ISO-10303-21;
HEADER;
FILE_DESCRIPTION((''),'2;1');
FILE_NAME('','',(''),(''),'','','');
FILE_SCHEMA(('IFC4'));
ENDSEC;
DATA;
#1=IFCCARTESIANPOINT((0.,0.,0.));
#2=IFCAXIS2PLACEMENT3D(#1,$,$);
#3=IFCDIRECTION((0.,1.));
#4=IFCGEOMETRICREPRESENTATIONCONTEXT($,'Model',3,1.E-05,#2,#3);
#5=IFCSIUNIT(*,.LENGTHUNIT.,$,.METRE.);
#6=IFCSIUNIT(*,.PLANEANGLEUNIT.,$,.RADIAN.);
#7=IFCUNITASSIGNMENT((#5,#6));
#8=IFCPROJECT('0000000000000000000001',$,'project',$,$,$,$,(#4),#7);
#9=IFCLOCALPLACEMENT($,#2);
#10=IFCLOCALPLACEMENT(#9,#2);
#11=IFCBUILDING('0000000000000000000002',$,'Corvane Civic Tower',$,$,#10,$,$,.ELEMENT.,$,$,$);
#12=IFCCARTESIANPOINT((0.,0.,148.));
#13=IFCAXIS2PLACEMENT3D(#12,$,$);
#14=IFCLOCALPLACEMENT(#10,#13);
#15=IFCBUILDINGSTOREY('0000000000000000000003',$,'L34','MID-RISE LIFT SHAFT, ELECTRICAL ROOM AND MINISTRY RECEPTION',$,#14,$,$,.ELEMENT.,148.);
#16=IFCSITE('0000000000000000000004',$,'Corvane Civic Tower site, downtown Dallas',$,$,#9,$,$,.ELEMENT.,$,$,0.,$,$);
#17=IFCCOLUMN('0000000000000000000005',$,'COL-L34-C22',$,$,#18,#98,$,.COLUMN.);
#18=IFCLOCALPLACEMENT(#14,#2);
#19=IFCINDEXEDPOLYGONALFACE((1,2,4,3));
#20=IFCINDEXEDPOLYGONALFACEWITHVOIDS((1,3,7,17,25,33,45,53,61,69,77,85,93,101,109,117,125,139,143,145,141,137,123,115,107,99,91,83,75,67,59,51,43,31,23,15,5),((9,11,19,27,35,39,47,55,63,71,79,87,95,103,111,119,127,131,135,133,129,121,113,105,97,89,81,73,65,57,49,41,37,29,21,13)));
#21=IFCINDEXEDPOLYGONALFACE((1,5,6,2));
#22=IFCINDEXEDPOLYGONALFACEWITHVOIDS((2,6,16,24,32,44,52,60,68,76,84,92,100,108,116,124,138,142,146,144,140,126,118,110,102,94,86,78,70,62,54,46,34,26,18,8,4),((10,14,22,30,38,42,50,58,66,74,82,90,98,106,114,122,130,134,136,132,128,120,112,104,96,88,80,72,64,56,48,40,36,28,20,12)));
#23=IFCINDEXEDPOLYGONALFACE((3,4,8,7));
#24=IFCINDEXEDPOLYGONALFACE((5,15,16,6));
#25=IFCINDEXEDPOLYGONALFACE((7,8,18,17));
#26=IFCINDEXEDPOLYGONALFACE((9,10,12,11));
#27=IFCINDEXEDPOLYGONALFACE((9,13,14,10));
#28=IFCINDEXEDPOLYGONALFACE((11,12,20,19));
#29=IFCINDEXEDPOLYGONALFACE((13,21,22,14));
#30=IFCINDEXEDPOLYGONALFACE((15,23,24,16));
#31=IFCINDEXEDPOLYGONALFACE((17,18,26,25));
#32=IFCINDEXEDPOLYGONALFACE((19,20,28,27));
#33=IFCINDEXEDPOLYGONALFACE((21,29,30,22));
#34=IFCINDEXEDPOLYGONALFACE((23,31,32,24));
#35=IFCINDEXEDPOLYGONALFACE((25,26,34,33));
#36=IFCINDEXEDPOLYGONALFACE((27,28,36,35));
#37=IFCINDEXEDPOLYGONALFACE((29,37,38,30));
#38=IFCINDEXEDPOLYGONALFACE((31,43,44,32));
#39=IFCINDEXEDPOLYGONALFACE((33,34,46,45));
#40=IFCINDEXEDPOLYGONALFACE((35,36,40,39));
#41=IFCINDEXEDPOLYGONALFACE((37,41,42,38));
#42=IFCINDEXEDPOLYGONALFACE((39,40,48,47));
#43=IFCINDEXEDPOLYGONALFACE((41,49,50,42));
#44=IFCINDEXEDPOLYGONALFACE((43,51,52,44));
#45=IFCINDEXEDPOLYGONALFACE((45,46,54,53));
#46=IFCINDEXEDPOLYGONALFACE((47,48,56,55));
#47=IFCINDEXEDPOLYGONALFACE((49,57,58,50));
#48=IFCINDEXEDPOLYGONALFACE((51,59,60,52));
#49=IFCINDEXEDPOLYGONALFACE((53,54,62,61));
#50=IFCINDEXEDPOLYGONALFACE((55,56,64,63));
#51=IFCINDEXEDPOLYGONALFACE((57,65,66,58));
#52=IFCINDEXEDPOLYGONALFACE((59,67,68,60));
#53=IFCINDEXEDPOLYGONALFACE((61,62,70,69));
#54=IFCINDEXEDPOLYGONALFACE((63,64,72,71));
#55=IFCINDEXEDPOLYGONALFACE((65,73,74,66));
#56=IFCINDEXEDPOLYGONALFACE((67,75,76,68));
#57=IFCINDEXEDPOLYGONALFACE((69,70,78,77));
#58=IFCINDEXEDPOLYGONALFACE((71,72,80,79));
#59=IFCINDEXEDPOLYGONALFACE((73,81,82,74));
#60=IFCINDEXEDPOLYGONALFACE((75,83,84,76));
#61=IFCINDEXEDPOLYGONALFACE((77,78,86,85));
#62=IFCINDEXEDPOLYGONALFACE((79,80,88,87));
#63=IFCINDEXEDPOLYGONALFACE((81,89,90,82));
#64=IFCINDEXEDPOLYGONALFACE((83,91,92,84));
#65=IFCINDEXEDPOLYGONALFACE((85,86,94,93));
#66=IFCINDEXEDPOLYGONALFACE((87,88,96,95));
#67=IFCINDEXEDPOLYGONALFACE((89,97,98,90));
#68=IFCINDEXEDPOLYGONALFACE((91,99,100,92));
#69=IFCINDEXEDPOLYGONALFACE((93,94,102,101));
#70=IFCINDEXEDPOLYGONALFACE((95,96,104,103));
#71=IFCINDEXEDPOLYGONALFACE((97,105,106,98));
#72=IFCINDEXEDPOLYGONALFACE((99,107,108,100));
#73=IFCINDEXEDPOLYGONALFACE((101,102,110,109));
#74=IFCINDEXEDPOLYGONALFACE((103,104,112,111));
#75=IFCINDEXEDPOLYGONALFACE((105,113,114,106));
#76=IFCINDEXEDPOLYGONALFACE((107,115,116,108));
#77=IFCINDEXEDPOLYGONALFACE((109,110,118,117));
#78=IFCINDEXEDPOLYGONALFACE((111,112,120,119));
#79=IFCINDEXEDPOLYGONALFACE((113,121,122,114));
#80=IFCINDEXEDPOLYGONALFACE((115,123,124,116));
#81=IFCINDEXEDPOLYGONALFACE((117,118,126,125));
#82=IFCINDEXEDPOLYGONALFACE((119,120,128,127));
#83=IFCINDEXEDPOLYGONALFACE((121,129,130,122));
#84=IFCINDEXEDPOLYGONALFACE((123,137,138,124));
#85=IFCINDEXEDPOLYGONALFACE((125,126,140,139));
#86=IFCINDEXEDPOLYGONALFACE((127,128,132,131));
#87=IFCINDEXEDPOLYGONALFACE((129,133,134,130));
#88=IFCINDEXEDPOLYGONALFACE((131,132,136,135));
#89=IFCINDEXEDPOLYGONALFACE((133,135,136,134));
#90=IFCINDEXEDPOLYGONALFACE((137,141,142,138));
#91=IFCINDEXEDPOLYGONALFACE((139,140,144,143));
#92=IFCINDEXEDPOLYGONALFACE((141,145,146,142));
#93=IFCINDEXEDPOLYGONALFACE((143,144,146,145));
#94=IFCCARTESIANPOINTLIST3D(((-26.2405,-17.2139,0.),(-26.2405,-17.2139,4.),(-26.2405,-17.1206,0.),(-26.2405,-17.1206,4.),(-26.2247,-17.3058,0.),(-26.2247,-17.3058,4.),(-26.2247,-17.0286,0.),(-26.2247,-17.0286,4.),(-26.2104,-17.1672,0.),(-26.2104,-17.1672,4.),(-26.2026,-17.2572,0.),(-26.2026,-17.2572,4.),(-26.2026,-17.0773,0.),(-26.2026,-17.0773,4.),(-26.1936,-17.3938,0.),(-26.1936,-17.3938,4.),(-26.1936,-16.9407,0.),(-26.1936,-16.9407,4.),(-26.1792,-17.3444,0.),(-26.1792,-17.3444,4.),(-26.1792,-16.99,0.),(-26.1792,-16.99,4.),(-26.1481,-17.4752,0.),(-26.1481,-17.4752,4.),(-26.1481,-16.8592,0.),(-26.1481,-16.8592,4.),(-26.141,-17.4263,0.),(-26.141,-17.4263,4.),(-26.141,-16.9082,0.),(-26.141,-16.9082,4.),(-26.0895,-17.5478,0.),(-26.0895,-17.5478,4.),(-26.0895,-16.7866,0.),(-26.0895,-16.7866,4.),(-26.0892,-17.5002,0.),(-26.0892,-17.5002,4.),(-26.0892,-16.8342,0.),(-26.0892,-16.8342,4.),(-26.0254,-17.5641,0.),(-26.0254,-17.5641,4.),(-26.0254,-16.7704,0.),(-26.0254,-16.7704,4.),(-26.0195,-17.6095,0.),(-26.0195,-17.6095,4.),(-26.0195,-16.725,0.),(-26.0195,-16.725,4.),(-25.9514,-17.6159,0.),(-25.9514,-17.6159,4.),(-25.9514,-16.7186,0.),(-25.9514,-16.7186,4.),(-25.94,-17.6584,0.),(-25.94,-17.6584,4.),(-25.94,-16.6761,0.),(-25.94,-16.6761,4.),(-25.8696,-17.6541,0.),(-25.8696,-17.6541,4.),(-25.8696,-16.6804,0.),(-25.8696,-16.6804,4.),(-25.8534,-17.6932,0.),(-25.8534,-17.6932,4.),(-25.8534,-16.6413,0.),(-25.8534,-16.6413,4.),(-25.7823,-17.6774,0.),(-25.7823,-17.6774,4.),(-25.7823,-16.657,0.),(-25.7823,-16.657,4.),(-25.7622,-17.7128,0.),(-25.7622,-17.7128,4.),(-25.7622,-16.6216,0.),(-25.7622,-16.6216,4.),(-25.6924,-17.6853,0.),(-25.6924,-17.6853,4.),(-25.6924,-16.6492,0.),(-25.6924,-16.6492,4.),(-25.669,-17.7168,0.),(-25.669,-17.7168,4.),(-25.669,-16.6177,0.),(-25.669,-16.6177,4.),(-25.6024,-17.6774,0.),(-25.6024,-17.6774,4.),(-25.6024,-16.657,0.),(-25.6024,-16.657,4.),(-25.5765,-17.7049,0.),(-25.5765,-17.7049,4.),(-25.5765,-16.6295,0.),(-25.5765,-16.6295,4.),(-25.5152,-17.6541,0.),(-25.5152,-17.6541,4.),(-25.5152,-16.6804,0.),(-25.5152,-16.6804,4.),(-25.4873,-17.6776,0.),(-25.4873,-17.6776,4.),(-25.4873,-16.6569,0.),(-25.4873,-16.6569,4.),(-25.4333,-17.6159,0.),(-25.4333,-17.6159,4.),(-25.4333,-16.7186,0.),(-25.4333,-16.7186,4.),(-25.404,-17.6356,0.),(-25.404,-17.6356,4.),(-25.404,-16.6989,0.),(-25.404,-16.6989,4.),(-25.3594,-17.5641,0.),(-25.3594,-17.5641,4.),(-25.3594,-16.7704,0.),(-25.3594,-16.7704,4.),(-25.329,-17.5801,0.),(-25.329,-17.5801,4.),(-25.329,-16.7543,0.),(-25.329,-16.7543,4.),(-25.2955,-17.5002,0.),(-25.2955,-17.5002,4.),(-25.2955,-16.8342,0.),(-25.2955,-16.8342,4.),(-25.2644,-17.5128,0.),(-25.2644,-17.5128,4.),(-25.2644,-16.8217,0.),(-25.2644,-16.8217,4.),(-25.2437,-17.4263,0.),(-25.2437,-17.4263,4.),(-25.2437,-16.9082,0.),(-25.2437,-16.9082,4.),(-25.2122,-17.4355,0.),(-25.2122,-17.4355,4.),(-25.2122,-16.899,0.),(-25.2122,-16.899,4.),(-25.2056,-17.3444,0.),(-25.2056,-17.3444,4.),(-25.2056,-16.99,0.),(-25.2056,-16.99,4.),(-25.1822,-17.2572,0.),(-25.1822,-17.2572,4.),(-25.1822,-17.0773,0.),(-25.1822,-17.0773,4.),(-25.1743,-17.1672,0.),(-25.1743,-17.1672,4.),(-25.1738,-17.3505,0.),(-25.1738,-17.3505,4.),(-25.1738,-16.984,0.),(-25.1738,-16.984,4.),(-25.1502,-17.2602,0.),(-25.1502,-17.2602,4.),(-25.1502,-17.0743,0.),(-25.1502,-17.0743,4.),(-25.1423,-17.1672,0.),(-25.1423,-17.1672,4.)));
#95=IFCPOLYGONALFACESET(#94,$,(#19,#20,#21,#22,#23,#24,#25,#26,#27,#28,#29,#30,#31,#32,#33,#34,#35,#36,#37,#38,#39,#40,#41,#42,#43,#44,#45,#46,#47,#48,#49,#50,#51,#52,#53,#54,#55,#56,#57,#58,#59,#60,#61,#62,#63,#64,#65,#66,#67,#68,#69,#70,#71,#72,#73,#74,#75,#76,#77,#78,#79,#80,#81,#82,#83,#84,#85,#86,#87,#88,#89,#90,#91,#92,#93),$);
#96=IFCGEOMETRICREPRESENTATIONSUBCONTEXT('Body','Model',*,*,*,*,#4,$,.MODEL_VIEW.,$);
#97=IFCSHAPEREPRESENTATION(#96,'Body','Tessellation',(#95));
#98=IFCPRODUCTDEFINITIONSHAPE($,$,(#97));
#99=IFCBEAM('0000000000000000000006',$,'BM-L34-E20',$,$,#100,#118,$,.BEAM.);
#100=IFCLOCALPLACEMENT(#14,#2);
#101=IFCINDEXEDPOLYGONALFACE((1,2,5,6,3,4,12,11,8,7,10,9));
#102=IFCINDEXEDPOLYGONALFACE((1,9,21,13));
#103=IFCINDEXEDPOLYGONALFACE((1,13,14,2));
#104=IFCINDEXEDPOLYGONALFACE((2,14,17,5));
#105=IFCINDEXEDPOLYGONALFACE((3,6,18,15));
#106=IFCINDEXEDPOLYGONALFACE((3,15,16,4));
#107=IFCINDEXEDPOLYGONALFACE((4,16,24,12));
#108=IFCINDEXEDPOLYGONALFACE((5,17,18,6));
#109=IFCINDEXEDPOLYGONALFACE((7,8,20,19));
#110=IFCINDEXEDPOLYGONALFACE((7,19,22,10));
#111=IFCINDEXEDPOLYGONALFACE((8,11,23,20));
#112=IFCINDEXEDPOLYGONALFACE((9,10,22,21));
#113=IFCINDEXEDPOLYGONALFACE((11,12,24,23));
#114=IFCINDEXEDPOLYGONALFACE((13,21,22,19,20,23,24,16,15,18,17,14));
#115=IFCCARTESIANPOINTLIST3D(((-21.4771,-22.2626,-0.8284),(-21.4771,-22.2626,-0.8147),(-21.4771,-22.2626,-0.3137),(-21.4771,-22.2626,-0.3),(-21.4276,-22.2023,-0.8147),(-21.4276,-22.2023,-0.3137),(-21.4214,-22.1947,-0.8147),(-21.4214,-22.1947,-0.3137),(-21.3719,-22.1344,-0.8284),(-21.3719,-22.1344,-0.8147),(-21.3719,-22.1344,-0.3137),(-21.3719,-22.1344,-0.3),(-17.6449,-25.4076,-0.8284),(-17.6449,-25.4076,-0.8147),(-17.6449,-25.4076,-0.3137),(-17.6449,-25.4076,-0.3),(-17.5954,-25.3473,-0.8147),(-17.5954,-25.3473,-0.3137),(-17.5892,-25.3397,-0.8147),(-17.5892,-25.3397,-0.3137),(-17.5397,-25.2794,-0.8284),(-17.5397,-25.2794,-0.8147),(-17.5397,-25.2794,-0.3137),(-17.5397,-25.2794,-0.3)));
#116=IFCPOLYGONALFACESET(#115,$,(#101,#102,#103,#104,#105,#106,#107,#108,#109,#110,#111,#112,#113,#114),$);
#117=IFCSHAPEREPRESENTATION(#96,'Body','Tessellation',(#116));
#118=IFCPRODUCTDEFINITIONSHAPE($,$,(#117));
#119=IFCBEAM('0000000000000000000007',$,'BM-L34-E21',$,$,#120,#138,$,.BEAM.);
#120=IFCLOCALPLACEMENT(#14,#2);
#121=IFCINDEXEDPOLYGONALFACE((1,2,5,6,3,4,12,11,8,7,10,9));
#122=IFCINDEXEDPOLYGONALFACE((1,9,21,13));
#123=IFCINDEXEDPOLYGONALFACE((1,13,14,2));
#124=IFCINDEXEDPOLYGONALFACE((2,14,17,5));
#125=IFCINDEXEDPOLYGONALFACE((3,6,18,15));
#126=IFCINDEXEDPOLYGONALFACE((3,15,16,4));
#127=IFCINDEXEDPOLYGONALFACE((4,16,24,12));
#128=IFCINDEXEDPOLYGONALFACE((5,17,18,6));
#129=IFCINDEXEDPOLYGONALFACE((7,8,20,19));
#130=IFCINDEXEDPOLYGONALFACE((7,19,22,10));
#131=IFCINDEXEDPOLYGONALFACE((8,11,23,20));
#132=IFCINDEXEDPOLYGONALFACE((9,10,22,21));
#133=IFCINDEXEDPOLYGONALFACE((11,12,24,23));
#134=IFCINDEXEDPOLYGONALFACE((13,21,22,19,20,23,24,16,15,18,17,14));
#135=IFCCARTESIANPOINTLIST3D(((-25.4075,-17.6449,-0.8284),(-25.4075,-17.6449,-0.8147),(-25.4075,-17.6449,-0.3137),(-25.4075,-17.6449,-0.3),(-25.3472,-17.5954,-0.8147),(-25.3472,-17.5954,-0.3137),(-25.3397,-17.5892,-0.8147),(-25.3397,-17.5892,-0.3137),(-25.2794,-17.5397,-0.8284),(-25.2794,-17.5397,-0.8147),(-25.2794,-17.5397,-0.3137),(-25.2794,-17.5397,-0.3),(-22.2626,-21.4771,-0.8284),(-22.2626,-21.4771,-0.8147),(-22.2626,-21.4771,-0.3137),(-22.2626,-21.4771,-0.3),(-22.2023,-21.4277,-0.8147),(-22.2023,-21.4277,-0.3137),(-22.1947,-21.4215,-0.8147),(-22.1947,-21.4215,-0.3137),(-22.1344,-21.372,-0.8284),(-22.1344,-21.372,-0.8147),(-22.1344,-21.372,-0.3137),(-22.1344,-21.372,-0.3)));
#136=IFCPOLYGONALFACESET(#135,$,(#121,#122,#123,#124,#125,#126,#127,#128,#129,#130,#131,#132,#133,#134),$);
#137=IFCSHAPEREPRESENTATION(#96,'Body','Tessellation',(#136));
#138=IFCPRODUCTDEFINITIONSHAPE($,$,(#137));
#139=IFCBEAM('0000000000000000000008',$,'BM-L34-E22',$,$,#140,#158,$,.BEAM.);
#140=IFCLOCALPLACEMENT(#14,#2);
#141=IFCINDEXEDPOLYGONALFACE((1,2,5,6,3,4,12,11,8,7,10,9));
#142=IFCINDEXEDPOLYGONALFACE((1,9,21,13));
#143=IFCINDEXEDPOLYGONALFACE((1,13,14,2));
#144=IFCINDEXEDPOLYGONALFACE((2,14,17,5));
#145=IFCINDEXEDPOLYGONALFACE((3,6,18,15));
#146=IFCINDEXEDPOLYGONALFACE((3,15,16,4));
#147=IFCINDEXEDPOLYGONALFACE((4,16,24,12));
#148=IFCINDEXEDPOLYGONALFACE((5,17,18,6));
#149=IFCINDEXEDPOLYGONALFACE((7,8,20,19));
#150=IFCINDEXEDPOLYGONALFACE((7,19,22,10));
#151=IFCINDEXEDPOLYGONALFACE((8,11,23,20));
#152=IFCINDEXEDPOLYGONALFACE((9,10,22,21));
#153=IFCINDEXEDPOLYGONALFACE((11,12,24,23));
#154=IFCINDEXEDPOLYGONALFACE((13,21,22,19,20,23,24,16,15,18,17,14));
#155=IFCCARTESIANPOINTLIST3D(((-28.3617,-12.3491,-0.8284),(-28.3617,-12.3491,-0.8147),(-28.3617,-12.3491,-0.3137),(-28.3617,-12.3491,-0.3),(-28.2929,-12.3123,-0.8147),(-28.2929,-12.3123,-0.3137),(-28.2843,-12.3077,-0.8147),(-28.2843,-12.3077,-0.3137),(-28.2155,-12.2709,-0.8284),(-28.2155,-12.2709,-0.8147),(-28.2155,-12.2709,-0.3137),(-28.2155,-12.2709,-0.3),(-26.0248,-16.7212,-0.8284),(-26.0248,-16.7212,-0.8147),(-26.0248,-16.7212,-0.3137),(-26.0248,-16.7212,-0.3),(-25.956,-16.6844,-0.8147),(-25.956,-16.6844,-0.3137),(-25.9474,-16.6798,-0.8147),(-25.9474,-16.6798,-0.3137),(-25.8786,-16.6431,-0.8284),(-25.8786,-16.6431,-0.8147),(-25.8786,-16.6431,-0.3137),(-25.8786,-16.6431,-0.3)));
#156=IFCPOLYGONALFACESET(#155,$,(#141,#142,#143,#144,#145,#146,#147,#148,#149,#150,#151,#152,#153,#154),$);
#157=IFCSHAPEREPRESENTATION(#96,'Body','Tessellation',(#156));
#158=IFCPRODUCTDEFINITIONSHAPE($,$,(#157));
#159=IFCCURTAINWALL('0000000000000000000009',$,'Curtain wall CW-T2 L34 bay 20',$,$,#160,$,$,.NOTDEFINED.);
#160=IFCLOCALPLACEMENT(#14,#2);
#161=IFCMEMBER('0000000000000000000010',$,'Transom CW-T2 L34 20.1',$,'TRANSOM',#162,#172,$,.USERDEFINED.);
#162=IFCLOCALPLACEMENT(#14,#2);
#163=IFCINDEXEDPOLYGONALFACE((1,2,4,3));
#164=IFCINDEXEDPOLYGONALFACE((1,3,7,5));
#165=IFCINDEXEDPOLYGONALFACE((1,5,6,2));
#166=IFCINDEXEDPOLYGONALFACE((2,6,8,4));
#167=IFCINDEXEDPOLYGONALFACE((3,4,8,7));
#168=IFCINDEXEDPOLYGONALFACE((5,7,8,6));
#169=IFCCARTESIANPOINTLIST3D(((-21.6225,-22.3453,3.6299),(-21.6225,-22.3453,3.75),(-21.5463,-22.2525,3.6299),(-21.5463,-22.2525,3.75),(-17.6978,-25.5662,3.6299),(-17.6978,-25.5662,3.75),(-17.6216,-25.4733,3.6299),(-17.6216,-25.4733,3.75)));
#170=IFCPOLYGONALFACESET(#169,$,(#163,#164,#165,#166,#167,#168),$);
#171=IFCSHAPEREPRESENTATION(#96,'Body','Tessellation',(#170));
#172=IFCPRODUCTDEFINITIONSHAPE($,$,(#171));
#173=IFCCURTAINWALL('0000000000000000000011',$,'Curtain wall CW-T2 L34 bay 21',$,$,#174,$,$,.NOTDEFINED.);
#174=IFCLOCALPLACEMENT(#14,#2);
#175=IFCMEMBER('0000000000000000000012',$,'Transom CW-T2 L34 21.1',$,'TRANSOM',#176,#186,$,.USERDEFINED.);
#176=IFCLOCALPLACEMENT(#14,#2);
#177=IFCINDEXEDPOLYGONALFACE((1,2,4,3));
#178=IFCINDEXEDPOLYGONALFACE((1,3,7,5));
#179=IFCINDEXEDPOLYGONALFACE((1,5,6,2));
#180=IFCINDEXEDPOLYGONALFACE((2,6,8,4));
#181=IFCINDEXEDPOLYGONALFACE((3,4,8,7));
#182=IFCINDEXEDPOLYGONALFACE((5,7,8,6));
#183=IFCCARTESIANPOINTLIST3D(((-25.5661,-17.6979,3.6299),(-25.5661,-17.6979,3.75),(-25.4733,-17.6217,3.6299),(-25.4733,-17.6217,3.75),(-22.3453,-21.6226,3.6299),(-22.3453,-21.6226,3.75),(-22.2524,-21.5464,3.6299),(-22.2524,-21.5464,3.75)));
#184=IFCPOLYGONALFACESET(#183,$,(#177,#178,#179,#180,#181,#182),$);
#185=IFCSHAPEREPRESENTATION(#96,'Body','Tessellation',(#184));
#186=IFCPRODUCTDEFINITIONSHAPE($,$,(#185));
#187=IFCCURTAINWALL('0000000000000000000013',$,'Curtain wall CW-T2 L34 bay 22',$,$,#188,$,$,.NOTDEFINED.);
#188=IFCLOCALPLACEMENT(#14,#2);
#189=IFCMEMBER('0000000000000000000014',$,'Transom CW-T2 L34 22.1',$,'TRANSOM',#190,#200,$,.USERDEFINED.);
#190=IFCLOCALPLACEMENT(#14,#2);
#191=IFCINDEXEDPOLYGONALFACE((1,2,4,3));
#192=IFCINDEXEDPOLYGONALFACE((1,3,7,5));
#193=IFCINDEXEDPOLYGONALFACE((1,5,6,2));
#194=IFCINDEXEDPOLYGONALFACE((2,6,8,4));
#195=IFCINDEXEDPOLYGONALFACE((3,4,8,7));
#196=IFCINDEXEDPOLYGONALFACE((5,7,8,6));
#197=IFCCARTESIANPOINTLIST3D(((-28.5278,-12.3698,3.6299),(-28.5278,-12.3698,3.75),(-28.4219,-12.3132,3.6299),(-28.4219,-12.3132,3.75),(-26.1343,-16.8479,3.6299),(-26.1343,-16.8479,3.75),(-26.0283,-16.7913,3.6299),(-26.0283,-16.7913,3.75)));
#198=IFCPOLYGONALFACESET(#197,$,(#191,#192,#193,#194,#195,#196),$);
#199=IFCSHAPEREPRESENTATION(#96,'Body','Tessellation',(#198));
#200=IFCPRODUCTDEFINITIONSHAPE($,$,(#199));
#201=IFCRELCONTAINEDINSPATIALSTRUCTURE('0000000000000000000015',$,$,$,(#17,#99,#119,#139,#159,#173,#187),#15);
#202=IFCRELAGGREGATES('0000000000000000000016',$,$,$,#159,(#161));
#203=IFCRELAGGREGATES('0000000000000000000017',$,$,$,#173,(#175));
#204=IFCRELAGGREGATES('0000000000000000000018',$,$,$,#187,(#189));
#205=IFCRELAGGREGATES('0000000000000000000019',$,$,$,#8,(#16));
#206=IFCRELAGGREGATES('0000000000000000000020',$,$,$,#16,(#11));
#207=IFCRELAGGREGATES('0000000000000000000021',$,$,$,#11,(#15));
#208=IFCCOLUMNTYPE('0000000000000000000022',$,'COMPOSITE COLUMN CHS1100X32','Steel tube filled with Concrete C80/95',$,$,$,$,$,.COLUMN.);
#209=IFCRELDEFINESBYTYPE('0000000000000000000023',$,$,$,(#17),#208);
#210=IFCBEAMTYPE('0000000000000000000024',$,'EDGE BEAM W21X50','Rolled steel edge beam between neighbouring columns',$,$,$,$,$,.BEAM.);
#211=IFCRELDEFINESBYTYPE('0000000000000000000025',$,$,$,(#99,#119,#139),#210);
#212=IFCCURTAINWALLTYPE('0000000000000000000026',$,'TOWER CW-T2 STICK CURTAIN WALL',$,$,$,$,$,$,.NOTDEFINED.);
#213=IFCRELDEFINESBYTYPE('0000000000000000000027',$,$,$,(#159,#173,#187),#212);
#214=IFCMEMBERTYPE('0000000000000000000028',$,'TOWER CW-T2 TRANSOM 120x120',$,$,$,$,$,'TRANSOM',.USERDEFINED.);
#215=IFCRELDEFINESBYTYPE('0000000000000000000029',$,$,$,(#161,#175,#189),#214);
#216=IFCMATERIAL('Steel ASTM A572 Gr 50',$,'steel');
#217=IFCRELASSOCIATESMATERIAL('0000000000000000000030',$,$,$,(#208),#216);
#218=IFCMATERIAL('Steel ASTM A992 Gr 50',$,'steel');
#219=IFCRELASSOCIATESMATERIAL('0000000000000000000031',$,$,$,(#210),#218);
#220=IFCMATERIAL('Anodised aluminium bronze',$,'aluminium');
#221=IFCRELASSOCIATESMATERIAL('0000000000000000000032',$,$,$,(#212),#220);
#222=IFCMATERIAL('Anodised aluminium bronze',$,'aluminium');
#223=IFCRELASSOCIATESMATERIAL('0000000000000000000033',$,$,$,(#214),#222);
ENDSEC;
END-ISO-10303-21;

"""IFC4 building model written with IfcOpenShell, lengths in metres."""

from ifc_helpers import new_model, si_unit, direction, frame, origin, origin_2d, place, context, subcontext, project, spatial, rectangle, hollow_circle, i_section, extrude, material, material_profile, profile_set, type_object, element, aggregate, save


model = new_model("IFC4")

# Units and contexts
model_context = context("Model", 3, precision=1e-05, world=origin(), true_north=direction((0.0, 1.0)))
body_context = subcontext(model_context, "Body", "Model", "MODEL_VIEW")
ifc_project = project(units=[si_unit("LENGTHUNIT", "METRE"), si_unit("PLANEANGLEUNIT", "RADIAN")], contexts=[model_context])

# Site, building, storey
site_placement = place(None, origin())
site = spatial("IfcSite", under=ifc_project, at=site_placement, Name="Corvane Civic Tower site, downtown Dallas", CompositionType="ELEMENT", RefElevation=0.0)
building_placement = place(site_placement, origin())
building = spatial("IfcBuilding", under=site, at=building_placement, Name="Corvane Civic Tower", CompositionType="ELEMENT")
storey_placement = place(building_placement, frame((0.0, 0.0, 148.0)))
storey = spatial("IfcBuildingStorey", under=building, at=storey_placement, Name="L34", Description="MID-RISE LIFT SHAFT, ELECTRICAL ROOM AND MINISTRY RECEPTION", CompositionType="ELEMENT", Elevation=148.0)

# Column
ifc_material_1 = material(Name="Steel ASTM A572 Gr 50", Category="steel")
ifc_material_profile_1 = material_profile(ifc_material_1, hollow_circle(Radius=0.55, WallThickness=0.032, at=origin_2d()), Name="CHS1100X32")
ifc_profile_set_1 = profile_set([ifc_material_profile_1], Name="Steel ASTM A572 Gr 50")
column_type = type_object("IfcColumnType", Name="COMPOSITE COLUMN CHS1100X32", Description="Steel tube filled with Concrete C80/95", PredefinedType="COLUMN", material=ifc_profile_set_1)
for number, where, z_axis, x_axis, name in (
    (1, (-25.6924, -17.1672, 0.0), (0.0, 0.0, 1.0), (1.0, 0.0, 0.0), "COL-L34-C22"),
):
    element("IfcColumn", number, at=place(storey_placement, frame(where, z_axis=z_axis, x_axis=x_axis)), inside=storey, type_object=column_type, Name=name, PredefinedType="COLUMN", context=body_context, shape_type="SweptSolid", body=[
        extrude(hollow_circle(Radius=0.55, WallThickness=0.032, at=origin_2d()), origin(), (0.0, 0.0, 1.0), 4.0),
    ])

# Beams
ifc_material_2 = material(Name="Steel ASTM A992 Gr 50", Category="steel")
ifc_material_profile_2 = material_profile(ifc_material_2, i_section(OverallWidth=0.1658, OverallDepth=0.5283, WebThickness=0.0098, FlangeThickness=0.0137, at=origin_2d()), Name="W21X50")
ifc_profile_set_2 = profile_set([ifc_material_profile_2], Name="Steel ASTM A992 Gr 50")
beam_type = type_object("IfcBeamType", Name="EDGE BEAM W21X50", Description="Rolled steel edge beam between neighbouring columns", PredefinedType="BEAM", material=ifc_profile_set_2)
for number, where, z_axis, x_axis, name in (
    (2, (-17.5923, -25.3435, -0.5642), (-0.773015, 0.634388, 0.0), (-0.634388, -0.773015, 0.0), "BM-L34-E20"),
    (3, (-22.1985, -21.4246, -0.5642), (-0.634388, 0.773015, 0.0), (-0.773015, -0.634388, 0.0), "BM-L34-E21"),
    (4, (-25.9517, -16.6821, -0.5642), (-0.471396, 0.881922, 0.0), (-0.881922, -0.471396, 0.0), "BM-L34-E22"),
):
    element("IfcBeam", number, at=place(storey_placement, frame(where, z_axis=z_axis, x_axis=x_axis)), inside=storey, type_object=beam_type, Name=name, PredefinedType="BEAM", context=body_context, shape_type="SweptSolid", body=[
        extrude(i_section(OverallWidth=0.1658, OverallDepth=0.5283, WebThickness=0.0098, FlangeThickness=0.0137, at=origin_2d()), origin(), (0.0, 0.0, 1.0), 4.9575),
    ])

# Curtain walls, members
ifc_material_3 = material(Name="Anodised aluminium bronze", Category="aluminium")
curtain_wall_type = type_object("IfcCurtainWallType", Name="TOWER CW-T2 STICK CURTAIN WALL", PredefinedType="NOTDEFINED", material=ifc_material_3)
curtain_wall_1_placement = place(storey_placement, origin())
curtain_wall_1 = element("IfcCurtainWall", 5, at=curtain_wall_1_placement, inside=storey, type_object=curtain_wall_type, Name="Curtain wall CW-T2 L34 bay 20", PredefinedType="NOTDEFINED")
ifc_material_4 = material(Name="Anodised aluminium bronze", Category="aluminium")
ifc_material_profile_3 = material_profile(ifc_material_4, rectangle(XDim=0.1201, YDim=0.1201, at=origin_2d()), Name="TOWER CW-T2 TRANSOM 120x120")
ifc_profile_set_3 = profile_set([ifc_material_profile_3], Name="Anodised aluminium bronze")
member_type = type_object("IfcMemberType", Name="TOWER CW-T2 TRANSOM 120x120", ElementType="TRANSOM", PredefinedType="USERDEFINED", material=ifc_profile_set_3)
member_1_placement = place(storey_placement, frame((-17.6597, -25.5198, 3.6899), z_axis=(-0.773016, 0.634387, 0.0), x_axis=(-0.634387, -0.773016, 0.0)))
member_1 = element("IfcMember", 6, at=member_1_placement, type_object=member_type, Name="Transom CW-T2 L34 20.1", ObjectType="TRANSOM", PredefinedType="USERDEFINED", context=body_context, shape_type="SweptSolid", body=[
    extrude(rectangle(XDim=0.1201, YDim=0.1201, at=origin_2d()), origin(), (0.0, 0.0, 1.0), 5.0771),
])
curtain_wall_2_placement = place(storey_placement, origin())
curtain_wall_2 = element("IfcCurtainWall", 7, at=curtain_wall_2_placement, inside=storey, type_object=curtain_wall_type, Name="Curtain wall CW-T2 L34 bay 21", PredefinedType="NOTDEFINED")
member_2_placement = place(storey_placement, frame((-22.2988, -21.5845, 3.6899), z_axis=(-0.634387, 0.773016, 0.0), x_axis=(-0.773016, -0.634387, 0.0)))
member_2 = element("IfcMember", 8, at=member_2_placement, type_object=member_type, Name="Transom CW-T2 L34 21.1", ObjectType="TRANSOM", PredefinedType="USERDEFINED", context=body_context, shape_type="SweptSolid", body=[
    extrude(rectangle(XDim=0.1201, YDim=0.1201, at=origin_2d()), origin(), (0.0, 0.0, 1.0), 5.0771),
])
curtain_wall_3_placement = place(storey_placement, origin())
curtain_wall_3 = element("IfcCurtainWall", 9, at=curtain_wall_3_placement, inside=storey, type_object=curtain_wall_type, Name="Curtain wall CW-T2 L34 bay 22", PredefinedType="NOTDEFINED")
member_3_placement = place(storey_placement, frame((-26.0813, -16.8196, 3.6899), z_axis=(-0.471397, 0.881921, 0.0), x_axis=(-0.881921, -0.471397, 0.0)))
member_3 = element("IfcMember", 10, at=member_3_placement, type_object=member_type, Name="Transom CW-T2 L34 22.1", ObjectType="TRANSOM", PredefinedType="USERDEFINED", context=body_context, shape_type="SweptSolid", body=[
    extrude(rectangle(XDim=0.1201, YDim=0.1201, at=origin_2d()), origin(), (0.0, 0.0, 1.0), 5.0776),
])

aggregate(curtain_wall_1, [member_1])
aggregate(curtain_wall_2, [member_2])
aggregate(curtain_wall_3, [member_3])

save(model, "model.ifc")
